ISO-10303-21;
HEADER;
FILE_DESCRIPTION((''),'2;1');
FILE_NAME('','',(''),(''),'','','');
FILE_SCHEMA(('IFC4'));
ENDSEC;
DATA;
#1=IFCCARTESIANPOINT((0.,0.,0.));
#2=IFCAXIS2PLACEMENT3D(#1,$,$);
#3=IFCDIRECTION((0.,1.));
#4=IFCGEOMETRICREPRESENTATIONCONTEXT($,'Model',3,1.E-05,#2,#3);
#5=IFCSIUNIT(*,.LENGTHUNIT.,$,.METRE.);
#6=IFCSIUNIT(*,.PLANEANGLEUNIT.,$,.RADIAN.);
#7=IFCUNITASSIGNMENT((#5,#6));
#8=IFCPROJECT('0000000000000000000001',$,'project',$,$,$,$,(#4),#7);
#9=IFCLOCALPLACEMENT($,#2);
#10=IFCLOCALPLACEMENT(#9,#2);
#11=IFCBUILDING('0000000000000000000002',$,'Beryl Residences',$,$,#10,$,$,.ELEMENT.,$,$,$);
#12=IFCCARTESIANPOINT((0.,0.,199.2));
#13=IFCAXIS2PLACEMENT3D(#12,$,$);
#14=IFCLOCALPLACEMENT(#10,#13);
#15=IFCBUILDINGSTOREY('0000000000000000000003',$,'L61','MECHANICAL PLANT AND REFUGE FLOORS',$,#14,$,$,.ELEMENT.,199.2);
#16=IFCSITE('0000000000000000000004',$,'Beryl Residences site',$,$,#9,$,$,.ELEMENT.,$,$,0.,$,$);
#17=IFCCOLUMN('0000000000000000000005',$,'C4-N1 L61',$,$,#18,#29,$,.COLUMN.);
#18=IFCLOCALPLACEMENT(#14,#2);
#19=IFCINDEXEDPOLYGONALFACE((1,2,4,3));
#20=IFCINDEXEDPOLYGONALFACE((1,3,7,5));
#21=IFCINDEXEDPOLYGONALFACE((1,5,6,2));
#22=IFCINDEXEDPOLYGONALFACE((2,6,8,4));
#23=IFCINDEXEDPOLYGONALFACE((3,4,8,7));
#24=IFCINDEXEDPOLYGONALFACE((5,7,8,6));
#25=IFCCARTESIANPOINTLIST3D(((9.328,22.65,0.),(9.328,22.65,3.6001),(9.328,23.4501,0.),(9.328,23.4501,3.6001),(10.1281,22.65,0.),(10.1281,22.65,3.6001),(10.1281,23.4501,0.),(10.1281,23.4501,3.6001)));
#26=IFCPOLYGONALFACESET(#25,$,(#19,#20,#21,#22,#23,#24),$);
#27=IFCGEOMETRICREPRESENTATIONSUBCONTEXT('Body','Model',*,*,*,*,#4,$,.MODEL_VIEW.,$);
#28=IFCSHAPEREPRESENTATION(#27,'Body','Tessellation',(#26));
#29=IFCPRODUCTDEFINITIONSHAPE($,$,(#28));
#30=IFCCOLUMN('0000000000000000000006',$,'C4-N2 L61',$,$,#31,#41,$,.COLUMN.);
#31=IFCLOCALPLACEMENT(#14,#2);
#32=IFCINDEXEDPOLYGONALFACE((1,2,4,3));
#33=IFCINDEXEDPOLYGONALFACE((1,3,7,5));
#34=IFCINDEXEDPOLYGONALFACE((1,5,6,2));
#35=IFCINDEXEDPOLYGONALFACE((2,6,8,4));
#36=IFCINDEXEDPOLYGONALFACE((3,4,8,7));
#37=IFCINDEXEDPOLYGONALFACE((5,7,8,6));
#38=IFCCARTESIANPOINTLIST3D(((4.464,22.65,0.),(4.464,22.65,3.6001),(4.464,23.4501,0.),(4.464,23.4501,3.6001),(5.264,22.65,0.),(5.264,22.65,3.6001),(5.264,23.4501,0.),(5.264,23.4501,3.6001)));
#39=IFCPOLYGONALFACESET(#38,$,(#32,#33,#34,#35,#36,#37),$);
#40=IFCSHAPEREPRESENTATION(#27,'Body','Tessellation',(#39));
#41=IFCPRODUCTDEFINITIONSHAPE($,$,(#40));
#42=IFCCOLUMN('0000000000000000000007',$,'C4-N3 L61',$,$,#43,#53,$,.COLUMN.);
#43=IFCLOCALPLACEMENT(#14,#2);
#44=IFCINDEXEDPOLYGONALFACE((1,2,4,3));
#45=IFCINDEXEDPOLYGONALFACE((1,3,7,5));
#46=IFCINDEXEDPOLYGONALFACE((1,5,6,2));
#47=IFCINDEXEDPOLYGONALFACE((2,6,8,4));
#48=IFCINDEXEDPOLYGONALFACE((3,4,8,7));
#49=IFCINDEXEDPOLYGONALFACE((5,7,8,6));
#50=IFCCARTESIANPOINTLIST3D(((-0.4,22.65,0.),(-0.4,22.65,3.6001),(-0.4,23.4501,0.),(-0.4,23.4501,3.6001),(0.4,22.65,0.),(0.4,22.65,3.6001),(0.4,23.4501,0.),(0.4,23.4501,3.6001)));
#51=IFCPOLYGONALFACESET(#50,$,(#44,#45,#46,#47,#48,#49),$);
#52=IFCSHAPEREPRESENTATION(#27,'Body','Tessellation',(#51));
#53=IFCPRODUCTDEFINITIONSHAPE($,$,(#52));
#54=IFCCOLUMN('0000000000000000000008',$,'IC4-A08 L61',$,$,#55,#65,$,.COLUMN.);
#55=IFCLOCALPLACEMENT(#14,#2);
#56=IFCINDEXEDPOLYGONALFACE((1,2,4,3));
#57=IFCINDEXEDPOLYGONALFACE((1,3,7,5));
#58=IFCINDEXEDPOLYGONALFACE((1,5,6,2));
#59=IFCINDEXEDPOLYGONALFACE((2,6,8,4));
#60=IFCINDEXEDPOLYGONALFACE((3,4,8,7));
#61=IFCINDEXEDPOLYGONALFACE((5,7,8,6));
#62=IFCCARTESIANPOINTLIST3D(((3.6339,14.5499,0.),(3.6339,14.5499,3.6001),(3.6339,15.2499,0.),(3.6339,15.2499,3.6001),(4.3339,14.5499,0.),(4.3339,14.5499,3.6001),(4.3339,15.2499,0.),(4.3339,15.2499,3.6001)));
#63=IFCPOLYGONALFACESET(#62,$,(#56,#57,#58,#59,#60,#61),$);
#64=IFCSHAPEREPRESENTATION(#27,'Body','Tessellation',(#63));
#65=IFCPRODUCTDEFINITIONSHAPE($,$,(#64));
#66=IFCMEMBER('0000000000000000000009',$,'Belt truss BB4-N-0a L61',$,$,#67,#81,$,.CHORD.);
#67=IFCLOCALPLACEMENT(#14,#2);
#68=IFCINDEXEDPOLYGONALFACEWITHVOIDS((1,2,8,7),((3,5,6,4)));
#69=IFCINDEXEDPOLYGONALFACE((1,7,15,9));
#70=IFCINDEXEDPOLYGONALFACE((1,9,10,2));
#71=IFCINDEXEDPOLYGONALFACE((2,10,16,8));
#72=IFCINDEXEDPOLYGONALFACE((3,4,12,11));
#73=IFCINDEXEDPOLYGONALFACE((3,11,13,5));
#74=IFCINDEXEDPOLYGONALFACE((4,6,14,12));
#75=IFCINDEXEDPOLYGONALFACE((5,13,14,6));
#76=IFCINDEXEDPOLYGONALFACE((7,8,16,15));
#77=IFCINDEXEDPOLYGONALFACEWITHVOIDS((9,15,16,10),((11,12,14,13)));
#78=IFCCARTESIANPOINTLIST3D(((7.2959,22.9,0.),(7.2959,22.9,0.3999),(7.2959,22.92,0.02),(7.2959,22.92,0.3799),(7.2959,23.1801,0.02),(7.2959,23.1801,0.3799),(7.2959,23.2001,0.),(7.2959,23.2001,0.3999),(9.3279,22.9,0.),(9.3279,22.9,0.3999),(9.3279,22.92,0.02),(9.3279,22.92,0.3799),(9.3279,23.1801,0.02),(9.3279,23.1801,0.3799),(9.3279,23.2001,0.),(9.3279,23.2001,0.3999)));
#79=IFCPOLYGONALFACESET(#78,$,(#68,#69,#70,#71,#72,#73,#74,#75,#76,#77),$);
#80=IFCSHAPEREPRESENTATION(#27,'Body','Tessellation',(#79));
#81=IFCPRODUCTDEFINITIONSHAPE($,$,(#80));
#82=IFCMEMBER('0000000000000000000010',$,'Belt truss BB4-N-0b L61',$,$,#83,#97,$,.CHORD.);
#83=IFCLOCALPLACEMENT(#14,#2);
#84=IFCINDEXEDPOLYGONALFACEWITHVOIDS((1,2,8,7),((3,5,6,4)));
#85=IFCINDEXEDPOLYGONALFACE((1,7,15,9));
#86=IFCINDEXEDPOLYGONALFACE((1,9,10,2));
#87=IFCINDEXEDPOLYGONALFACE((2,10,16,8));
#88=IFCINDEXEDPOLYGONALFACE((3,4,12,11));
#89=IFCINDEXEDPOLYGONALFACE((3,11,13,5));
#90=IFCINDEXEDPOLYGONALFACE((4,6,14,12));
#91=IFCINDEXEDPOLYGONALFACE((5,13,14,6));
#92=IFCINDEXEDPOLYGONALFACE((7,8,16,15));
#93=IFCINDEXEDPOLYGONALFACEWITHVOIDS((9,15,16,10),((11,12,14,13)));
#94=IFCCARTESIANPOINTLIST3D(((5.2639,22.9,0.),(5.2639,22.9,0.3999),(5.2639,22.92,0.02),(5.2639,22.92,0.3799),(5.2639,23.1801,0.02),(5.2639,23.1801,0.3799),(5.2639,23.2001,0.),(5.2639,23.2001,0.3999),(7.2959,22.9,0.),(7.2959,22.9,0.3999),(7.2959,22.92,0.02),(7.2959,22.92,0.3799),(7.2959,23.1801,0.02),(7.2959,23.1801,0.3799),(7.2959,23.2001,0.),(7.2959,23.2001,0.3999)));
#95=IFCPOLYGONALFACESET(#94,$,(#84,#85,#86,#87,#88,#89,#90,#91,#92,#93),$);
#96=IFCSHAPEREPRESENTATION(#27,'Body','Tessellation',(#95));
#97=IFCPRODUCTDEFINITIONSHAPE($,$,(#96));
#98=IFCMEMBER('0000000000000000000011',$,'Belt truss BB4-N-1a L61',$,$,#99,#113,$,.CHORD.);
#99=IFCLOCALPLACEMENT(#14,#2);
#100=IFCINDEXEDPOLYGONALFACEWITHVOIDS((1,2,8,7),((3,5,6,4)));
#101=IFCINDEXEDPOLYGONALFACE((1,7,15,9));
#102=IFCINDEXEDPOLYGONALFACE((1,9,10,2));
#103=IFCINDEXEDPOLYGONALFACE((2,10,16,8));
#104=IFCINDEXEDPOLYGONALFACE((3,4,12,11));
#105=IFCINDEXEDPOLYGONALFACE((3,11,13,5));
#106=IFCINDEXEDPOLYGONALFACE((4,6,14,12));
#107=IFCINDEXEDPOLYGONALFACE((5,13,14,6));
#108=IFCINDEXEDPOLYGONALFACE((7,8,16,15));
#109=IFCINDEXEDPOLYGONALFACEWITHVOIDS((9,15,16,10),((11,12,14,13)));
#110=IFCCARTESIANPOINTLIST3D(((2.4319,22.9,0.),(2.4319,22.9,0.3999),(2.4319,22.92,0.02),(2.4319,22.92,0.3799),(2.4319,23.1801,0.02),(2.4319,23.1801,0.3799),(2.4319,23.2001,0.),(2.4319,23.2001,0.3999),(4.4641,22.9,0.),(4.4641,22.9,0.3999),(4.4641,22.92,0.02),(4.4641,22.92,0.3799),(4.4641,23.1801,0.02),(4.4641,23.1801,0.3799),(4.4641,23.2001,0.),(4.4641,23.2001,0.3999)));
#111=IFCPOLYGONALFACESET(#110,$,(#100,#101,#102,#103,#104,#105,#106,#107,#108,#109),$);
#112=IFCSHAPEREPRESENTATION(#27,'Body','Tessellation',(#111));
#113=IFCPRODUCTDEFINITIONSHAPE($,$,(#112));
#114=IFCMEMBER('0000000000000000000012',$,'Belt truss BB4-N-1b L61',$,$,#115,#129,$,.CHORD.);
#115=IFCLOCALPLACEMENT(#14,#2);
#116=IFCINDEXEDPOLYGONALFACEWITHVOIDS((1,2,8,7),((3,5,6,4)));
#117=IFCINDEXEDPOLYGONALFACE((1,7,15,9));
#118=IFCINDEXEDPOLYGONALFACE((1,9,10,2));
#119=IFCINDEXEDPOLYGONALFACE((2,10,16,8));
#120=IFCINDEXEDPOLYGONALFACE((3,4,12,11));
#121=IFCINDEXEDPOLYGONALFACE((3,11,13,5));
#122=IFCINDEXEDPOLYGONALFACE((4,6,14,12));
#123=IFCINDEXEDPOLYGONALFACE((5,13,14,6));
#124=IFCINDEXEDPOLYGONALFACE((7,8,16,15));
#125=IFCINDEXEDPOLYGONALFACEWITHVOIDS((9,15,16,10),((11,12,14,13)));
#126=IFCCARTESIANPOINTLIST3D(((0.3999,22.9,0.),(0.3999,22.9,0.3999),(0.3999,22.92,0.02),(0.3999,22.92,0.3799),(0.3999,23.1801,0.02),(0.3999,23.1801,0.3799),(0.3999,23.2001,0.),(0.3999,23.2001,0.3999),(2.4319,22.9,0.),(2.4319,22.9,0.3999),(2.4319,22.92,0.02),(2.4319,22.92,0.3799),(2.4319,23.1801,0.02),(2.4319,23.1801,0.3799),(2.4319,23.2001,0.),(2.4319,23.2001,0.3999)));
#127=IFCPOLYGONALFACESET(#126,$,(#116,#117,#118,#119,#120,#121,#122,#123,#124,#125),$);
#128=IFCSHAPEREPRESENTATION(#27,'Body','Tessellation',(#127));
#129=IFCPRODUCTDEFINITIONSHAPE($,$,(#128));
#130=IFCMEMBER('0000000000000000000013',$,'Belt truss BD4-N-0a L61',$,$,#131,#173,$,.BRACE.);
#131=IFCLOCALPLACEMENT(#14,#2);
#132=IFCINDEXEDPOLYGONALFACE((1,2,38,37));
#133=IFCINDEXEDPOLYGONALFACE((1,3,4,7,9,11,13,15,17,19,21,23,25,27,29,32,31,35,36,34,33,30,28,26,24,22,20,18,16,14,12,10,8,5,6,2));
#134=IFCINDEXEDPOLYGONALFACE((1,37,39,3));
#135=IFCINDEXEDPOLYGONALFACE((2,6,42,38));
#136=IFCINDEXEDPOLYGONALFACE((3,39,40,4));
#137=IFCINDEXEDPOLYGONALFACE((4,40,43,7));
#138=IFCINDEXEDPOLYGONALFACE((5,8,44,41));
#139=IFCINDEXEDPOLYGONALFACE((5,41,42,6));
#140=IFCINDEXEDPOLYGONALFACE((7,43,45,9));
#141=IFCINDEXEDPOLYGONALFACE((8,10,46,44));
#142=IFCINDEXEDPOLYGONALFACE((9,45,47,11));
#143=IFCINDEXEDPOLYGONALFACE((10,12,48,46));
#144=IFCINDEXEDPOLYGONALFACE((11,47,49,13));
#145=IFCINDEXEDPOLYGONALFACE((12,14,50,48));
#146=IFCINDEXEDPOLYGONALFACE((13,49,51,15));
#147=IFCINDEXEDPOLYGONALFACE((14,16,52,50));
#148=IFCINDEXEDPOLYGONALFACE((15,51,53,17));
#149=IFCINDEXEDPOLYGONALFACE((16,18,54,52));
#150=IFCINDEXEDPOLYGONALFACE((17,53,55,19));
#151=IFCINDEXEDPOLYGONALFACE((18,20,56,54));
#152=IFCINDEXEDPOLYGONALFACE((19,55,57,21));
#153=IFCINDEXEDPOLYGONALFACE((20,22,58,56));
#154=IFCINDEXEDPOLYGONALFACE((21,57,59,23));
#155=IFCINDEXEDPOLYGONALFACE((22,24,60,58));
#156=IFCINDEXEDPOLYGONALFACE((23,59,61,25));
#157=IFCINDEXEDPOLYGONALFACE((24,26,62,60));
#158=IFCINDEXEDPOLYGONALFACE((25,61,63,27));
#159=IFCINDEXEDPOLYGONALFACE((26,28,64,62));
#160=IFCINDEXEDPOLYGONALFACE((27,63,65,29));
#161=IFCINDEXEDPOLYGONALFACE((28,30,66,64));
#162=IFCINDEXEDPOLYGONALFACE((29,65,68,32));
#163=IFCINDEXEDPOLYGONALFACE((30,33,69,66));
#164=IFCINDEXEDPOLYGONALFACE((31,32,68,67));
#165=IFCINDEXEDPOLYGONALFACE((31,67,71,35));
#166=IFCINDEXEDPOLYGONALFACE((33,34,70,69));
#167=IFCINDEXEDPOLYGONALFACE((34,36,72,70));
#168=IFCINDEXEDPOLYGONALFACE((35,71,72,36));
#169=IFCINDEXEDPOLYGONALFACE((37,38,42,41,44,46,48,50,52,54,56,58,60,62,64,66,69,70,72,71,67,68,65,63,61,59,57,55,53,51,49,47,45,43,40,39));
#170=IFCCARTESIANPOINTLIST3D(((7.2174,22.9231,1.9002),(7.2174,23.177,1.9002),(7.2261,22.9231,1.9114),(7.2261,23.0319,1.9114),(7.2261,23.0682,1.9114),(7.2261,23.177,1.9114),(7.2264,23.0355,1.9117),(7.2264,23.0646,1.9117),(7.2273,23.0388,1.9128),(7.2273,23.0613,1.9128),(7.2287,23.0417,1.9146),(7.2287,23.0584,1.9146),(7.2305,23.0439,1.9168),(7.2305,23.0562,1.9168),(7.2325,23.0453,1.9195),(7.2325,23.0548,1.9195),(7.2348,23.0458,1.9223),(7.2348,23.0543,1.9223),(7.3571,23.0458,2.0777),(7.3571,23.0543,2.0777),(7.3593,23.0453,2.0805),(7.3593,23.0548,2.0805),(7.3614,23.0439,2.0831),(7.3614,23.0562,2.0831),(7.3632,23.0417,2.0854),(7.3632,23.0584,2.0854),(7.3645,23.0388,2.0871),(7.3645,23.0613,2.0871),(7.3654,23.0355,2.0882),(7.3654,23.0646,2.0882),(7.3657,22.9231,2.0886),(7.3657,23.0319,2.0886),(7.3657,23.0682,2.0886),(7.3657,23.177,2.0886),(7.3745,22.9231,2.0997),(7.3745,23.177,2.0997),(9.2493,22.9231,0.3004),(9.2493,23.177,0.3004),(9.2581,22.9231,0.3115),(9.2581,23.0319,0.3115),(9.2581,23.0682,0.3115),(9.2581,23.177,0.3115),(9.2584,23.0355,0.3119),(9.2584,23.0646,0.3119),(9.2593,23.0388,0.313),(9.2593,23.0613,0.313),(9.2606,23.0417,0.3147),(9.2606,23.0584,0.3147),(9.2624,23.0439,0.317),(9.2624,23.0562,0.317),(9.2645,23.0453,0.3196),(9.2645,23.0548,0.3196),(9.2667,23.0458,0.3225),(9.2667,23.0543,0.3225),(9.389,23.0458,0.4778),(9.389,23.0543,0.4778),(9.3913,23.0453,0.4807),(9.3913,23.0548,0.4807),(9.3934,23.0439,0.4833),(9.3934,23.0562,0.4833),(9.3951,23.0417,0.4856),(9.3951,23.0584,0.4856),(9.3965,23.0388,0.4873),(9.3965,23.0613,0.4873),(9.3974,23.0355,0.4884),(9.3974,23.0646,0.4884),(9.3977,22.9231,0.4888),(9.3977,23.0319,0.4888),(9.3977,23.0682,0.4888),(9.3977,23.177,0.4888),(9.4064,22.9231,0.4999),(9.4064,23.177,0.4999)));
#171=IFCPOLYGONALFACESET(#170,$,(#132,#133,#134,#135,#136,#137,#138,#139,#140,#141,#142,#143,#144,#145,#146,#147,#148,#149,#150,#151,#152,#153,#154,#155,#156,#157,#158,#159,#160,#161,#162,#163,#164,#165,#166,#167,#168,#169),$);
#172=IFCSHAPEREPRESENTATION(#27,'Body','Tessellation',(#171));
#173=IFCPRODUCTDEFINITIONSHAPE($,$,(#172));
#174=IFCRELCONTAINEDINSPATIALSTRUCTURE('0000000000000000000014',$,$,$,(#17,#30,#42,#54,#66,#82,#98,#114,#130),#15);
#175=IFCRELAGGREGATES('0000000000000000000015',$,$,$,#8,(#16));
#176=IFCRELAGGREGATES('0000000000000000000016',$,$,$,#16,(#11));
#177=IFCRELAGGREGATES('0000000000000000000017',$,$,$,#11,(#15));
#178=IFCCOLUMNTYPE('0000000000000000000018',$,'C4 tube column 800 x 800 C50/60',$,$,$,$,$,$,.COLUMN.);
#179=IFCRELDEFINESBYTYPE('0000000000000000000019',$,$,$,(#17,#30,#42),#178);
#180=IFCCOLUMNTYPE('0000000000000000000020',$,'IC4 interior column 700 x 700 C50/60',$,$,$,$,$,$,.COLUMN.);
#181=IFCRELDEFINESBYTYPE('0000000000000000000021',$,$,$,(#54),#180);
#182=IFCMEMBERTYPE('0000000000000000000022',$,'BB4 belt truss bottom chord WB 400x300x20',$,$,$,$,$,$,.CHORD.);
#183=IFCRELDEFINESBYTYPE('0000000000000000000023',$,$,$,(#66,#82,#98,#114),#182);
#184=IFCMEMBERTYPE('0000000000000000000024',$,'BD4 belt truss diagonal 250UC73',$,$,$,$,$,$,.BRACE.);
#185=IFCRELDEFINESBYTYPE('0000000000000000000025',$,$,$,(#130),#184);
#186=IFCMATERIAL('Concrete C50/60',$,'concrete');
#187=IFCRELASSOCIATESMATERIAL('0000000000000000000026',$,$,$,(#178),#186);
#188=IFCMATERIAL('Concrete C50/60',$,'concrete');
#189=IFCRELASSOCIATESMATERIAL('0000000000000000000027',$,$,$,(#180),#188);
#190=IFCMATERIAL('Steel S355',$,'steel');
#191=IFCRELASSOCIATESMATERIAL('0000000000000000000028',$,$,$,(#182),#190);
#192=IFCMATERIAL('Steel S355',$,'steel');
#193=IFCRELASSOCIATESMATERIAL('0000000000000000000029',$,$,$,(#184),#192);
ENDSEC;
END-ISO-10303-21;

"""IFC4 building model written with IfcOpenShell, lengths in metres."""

from ifc_helpers import new_model, si_unit, direction, frame, origin, origin_2d, place, context, subcontext, project, spatial, rectangle, hollow_rectangle, i_section, extrude, material, material_profile, profile_set, type_object, element, save


model = new_model("IFC4")

# Units and contexts
model_context = context("Model", 3, precision=1e-05, world=origin(), true_north=direction((0.0, 1.0)))
body_context = subcontext(model_context, "Body", "Model", "MODEL_VIEW")
ifc_project = project(units=[si_unit("LENGTHUNIT", "METRE"), si_unit("PLANEANGLEUNIT", "RADIAN")], contexts=[model_context])

# Site, building, storey
site_placement = place(None, origin())
site = spatial("IfcSite", under=ifc_project, at=site_placement, Name="Beryl Residences site", CompositionType="ELEMENT", RefElevation=0.0)
building_placement = place(site_placement, origin())
building = spatial("IfcBuilding", under=site, at=building_placement, Name="Beryl Residences", CompositionType="ELEMENT")
storey_placement = place(building_placement, frame((0.0, 0.0, 199.2)))
storey = spatial("IfcBuildingStorey", under=building, at=storey_placement, Name="L61", Description="MECHANICAL PLANT AND REFUGE FLOORS", CompositionType="ELEMENT", Elevation=199.2)

# Columns
ifc_material_1 = material(Name="Concrete C50/60", Category="concrete")
ifc_material_profile_1 = material_profile(ifc_material_1, rectangle(XDim=0.8, YDim=0.8, at=origin_2d()))
ifc_profile_set_1 = profile_set([ifc_material_profile_1], Name="Concrete C50/60")
column_type_1 = type_object("IfcColumnType", Name="C4 tube column 800 x 800 C50/60", PredefinedType="COLUMN", material=ifc_profile_set_1)
for number, where, z_axis, x_axis, name in (
    (1, (9.728, 23.05, 0.0), (0.0, 0.0, 1.0), (-1.0, 0.0, 0.0), "C4-N1 L61"),
    (2, (4.864, 23.05, 0.0), (0.0, 0.0, 1.0), (-1.0, 0.0, 0.0), "C4-N2 L61"),
    (3, (0.0, 23.05, 0.0), (0.0, 0.0, 1.0), (-1.0, 0.0, 0.0), "C4-N3 L61"),
):
    element("IfcColumn", number, at=place(storey_placement, frame(where, z_axis=z_axis, x_axis=x_axis)), inside=storey, type_object=column_type_1, Name=name, PredefinedType="COLUMN", context=body_context, shape_type="SweptSolid", body=[
        extrude(rectangle(XDim=0.8, YDim=0.8, at=origin_2d()), origin(), (0.0, 0.0, 1.0), 3.6001),
    ])
ifc_material_2 = material(Name="Concrete C50/60", Category="concrete")
ifc_material_profile_2 = material_profile(ifc_material_2, rectangle(XDim=0.7, YDim=0.7, at=origin_2d()))
ifc_profile_set_2 = profile_set([ifc_material_profile_2], Name="Concrete C50/60")
column_type_2 = type_object("IfcColumnType", Name="IC4 interior column 700 x 700 C50/60", PredefinedType="COLUMN", material=ifc_profile_set_2)
column_placement = place(storey_placement, frame((3.9839, 14.8999, 0.0), z_axis=(0.0, 0.0, 1.0), x_axis=(1.0, 0.0, 0.0)))
element("IfcColumn", 4, at=column_placement, inside=storey, type_object=column_type_2, Name="IC4-A08 L61", PredefinedType="COLUMN", context=body_context, shape_type="SweptSolid", body=[
    extrude(rectangle(XDim=0.7, YDim=0.7, at=origin_2d()), origin(), (0.0, 0.0, 1.0), 3.6001),
])

# Members
ifc_material_3 = material(Name="Steel S355", Category="steel")
ifc_material_profile_3 = material_profile(ifc_material_3, hollow_rectangle(XDim=0.3, YDim=0.3999, WallThickness=0.02, at=origin_2d()))
ifc_profile_set_3 = profile_set([ifc_material_profile_3], Name="Steel S355")
member_type_1 = type_object("IfcMemberType", Name="BB4 belt truss bottom chord WB 400x300x20", PredefinedType="CHORD", material=ifc_profile_set_3)
for number, where, z_axis, x_axis, name in (
    (5, (9.3279, 23.05, 0.2), (-1.0, 0.0, 0.0), (0.0, -1.0, 0.0), "Belt truss BB4-N-0a L61"),
    (6, (7.2959, 23.05, 0.2), (-1.0, 0.0, 0.0), (0.0, -1.0, 0.0), "Belt truss BB4-N-0b L61"),
):
    element("IfcMember", number, at=place(storey_placement, frame(where, z_axis=z_axis, x_axis=x_axis)), inside=storey, type_object=member_type_1, Name=name, PredefinedType="CHORD", context=body_context, shape_type="SweptSolid", body=[
        extrude(hollow_rectangle(XDim=0.3, YDim=0.3999, WallThickness=0.02, at=origin_2d()), origin(), (0.0, 0.0, 1.0), 2.032),
    ])
member_1_placement = place(storey_placement, frame((4.4641, 23.05, 0.2), z_axis=(-1.0, 0.0, 0.0), x_axis=(0.0, -1.0, 0.0)))
element("IfcMember", 7, at=member_1_placement, inside=storey, type_object=member_type_1, Name="Belt truss BB4-N-1a L61", PredefinedType="CHORD", context=body_context, shape_type="SweptSolid", body=[
    extrude(hollow_rectangle(XDim=0.3, YDim=0.3999, WallThickness=0.02, at=origin_2d()), origin(), (0.0, 0.0, 1.0), 2.0322),
])
member_2_placement = place(storey_placement, frame((2.4319, 23.05, 0.2), z_axis=(-1.0, 0.0, 0.0), x_axis=(0.0, -1.0, 0.0)))
element("IfcMember", 8, at=member_2_placement, inside=storey, type_object=member_type_1, Name="Belt truss BB4-N-1b L61", PredefinedType="CHORD", context=body_context, shape_type="SweptSolid", body=[
    extrude(hollow_rectangle(XDim=0.3, YDim=0.3999, WallThickness=0.02, at=origin_2d()), origin(), (0.0, 0.0, 1.0), 2.032),
])
ifc_material_4 = material(Name="Steel S355", Category="steel")
ifc_material_profile_4 = material_profile(ifc_material_4, i_section(OverallWidth=0.2539, OverallDepth=0.2539, WebThickness=0.0085, FlangeThickness=0.0142, FilletRadius=0.0139, at=origin_2d()))
ifc_profile_set_4 = profile_set([ifc_material_profile_4], Name="Steel S355")
member_type_2 = type_object("IfcMemberType", Name="BD4 belt truss diagonal 250UC73", PredefinedType="BRACE", material=ifc_profile_set_4)
for number, where, z_axis, x_axis, name in (
    (9, (9.3279, 23.05, 0.4001), (-0.785699, 0.0, 0.618609), (0.0, -1.0, 0.0), "Belt truss BD4-N-0a L61"),
):
    element("IfcMember", number, at=place(storey_placement, frame(where, z_axis=z_axis, x_axis=x_axis)), inside=storey, type_object=member_type_2, Name=name, PredefinedType="BRACE", context=body_context, shape_type="SweptSolid", body=[
        extrude(i_section(OverallWidth=0.2539, OverallDepth=0.2539, WebThickness=0.0085, FlangeThickness=0.0142, FilletRadius=0.0139, at=origin_2d()), origin(), (0.0, 0.0, 1.0), 2.5862),
    ])

save(model, "model.ifc")
